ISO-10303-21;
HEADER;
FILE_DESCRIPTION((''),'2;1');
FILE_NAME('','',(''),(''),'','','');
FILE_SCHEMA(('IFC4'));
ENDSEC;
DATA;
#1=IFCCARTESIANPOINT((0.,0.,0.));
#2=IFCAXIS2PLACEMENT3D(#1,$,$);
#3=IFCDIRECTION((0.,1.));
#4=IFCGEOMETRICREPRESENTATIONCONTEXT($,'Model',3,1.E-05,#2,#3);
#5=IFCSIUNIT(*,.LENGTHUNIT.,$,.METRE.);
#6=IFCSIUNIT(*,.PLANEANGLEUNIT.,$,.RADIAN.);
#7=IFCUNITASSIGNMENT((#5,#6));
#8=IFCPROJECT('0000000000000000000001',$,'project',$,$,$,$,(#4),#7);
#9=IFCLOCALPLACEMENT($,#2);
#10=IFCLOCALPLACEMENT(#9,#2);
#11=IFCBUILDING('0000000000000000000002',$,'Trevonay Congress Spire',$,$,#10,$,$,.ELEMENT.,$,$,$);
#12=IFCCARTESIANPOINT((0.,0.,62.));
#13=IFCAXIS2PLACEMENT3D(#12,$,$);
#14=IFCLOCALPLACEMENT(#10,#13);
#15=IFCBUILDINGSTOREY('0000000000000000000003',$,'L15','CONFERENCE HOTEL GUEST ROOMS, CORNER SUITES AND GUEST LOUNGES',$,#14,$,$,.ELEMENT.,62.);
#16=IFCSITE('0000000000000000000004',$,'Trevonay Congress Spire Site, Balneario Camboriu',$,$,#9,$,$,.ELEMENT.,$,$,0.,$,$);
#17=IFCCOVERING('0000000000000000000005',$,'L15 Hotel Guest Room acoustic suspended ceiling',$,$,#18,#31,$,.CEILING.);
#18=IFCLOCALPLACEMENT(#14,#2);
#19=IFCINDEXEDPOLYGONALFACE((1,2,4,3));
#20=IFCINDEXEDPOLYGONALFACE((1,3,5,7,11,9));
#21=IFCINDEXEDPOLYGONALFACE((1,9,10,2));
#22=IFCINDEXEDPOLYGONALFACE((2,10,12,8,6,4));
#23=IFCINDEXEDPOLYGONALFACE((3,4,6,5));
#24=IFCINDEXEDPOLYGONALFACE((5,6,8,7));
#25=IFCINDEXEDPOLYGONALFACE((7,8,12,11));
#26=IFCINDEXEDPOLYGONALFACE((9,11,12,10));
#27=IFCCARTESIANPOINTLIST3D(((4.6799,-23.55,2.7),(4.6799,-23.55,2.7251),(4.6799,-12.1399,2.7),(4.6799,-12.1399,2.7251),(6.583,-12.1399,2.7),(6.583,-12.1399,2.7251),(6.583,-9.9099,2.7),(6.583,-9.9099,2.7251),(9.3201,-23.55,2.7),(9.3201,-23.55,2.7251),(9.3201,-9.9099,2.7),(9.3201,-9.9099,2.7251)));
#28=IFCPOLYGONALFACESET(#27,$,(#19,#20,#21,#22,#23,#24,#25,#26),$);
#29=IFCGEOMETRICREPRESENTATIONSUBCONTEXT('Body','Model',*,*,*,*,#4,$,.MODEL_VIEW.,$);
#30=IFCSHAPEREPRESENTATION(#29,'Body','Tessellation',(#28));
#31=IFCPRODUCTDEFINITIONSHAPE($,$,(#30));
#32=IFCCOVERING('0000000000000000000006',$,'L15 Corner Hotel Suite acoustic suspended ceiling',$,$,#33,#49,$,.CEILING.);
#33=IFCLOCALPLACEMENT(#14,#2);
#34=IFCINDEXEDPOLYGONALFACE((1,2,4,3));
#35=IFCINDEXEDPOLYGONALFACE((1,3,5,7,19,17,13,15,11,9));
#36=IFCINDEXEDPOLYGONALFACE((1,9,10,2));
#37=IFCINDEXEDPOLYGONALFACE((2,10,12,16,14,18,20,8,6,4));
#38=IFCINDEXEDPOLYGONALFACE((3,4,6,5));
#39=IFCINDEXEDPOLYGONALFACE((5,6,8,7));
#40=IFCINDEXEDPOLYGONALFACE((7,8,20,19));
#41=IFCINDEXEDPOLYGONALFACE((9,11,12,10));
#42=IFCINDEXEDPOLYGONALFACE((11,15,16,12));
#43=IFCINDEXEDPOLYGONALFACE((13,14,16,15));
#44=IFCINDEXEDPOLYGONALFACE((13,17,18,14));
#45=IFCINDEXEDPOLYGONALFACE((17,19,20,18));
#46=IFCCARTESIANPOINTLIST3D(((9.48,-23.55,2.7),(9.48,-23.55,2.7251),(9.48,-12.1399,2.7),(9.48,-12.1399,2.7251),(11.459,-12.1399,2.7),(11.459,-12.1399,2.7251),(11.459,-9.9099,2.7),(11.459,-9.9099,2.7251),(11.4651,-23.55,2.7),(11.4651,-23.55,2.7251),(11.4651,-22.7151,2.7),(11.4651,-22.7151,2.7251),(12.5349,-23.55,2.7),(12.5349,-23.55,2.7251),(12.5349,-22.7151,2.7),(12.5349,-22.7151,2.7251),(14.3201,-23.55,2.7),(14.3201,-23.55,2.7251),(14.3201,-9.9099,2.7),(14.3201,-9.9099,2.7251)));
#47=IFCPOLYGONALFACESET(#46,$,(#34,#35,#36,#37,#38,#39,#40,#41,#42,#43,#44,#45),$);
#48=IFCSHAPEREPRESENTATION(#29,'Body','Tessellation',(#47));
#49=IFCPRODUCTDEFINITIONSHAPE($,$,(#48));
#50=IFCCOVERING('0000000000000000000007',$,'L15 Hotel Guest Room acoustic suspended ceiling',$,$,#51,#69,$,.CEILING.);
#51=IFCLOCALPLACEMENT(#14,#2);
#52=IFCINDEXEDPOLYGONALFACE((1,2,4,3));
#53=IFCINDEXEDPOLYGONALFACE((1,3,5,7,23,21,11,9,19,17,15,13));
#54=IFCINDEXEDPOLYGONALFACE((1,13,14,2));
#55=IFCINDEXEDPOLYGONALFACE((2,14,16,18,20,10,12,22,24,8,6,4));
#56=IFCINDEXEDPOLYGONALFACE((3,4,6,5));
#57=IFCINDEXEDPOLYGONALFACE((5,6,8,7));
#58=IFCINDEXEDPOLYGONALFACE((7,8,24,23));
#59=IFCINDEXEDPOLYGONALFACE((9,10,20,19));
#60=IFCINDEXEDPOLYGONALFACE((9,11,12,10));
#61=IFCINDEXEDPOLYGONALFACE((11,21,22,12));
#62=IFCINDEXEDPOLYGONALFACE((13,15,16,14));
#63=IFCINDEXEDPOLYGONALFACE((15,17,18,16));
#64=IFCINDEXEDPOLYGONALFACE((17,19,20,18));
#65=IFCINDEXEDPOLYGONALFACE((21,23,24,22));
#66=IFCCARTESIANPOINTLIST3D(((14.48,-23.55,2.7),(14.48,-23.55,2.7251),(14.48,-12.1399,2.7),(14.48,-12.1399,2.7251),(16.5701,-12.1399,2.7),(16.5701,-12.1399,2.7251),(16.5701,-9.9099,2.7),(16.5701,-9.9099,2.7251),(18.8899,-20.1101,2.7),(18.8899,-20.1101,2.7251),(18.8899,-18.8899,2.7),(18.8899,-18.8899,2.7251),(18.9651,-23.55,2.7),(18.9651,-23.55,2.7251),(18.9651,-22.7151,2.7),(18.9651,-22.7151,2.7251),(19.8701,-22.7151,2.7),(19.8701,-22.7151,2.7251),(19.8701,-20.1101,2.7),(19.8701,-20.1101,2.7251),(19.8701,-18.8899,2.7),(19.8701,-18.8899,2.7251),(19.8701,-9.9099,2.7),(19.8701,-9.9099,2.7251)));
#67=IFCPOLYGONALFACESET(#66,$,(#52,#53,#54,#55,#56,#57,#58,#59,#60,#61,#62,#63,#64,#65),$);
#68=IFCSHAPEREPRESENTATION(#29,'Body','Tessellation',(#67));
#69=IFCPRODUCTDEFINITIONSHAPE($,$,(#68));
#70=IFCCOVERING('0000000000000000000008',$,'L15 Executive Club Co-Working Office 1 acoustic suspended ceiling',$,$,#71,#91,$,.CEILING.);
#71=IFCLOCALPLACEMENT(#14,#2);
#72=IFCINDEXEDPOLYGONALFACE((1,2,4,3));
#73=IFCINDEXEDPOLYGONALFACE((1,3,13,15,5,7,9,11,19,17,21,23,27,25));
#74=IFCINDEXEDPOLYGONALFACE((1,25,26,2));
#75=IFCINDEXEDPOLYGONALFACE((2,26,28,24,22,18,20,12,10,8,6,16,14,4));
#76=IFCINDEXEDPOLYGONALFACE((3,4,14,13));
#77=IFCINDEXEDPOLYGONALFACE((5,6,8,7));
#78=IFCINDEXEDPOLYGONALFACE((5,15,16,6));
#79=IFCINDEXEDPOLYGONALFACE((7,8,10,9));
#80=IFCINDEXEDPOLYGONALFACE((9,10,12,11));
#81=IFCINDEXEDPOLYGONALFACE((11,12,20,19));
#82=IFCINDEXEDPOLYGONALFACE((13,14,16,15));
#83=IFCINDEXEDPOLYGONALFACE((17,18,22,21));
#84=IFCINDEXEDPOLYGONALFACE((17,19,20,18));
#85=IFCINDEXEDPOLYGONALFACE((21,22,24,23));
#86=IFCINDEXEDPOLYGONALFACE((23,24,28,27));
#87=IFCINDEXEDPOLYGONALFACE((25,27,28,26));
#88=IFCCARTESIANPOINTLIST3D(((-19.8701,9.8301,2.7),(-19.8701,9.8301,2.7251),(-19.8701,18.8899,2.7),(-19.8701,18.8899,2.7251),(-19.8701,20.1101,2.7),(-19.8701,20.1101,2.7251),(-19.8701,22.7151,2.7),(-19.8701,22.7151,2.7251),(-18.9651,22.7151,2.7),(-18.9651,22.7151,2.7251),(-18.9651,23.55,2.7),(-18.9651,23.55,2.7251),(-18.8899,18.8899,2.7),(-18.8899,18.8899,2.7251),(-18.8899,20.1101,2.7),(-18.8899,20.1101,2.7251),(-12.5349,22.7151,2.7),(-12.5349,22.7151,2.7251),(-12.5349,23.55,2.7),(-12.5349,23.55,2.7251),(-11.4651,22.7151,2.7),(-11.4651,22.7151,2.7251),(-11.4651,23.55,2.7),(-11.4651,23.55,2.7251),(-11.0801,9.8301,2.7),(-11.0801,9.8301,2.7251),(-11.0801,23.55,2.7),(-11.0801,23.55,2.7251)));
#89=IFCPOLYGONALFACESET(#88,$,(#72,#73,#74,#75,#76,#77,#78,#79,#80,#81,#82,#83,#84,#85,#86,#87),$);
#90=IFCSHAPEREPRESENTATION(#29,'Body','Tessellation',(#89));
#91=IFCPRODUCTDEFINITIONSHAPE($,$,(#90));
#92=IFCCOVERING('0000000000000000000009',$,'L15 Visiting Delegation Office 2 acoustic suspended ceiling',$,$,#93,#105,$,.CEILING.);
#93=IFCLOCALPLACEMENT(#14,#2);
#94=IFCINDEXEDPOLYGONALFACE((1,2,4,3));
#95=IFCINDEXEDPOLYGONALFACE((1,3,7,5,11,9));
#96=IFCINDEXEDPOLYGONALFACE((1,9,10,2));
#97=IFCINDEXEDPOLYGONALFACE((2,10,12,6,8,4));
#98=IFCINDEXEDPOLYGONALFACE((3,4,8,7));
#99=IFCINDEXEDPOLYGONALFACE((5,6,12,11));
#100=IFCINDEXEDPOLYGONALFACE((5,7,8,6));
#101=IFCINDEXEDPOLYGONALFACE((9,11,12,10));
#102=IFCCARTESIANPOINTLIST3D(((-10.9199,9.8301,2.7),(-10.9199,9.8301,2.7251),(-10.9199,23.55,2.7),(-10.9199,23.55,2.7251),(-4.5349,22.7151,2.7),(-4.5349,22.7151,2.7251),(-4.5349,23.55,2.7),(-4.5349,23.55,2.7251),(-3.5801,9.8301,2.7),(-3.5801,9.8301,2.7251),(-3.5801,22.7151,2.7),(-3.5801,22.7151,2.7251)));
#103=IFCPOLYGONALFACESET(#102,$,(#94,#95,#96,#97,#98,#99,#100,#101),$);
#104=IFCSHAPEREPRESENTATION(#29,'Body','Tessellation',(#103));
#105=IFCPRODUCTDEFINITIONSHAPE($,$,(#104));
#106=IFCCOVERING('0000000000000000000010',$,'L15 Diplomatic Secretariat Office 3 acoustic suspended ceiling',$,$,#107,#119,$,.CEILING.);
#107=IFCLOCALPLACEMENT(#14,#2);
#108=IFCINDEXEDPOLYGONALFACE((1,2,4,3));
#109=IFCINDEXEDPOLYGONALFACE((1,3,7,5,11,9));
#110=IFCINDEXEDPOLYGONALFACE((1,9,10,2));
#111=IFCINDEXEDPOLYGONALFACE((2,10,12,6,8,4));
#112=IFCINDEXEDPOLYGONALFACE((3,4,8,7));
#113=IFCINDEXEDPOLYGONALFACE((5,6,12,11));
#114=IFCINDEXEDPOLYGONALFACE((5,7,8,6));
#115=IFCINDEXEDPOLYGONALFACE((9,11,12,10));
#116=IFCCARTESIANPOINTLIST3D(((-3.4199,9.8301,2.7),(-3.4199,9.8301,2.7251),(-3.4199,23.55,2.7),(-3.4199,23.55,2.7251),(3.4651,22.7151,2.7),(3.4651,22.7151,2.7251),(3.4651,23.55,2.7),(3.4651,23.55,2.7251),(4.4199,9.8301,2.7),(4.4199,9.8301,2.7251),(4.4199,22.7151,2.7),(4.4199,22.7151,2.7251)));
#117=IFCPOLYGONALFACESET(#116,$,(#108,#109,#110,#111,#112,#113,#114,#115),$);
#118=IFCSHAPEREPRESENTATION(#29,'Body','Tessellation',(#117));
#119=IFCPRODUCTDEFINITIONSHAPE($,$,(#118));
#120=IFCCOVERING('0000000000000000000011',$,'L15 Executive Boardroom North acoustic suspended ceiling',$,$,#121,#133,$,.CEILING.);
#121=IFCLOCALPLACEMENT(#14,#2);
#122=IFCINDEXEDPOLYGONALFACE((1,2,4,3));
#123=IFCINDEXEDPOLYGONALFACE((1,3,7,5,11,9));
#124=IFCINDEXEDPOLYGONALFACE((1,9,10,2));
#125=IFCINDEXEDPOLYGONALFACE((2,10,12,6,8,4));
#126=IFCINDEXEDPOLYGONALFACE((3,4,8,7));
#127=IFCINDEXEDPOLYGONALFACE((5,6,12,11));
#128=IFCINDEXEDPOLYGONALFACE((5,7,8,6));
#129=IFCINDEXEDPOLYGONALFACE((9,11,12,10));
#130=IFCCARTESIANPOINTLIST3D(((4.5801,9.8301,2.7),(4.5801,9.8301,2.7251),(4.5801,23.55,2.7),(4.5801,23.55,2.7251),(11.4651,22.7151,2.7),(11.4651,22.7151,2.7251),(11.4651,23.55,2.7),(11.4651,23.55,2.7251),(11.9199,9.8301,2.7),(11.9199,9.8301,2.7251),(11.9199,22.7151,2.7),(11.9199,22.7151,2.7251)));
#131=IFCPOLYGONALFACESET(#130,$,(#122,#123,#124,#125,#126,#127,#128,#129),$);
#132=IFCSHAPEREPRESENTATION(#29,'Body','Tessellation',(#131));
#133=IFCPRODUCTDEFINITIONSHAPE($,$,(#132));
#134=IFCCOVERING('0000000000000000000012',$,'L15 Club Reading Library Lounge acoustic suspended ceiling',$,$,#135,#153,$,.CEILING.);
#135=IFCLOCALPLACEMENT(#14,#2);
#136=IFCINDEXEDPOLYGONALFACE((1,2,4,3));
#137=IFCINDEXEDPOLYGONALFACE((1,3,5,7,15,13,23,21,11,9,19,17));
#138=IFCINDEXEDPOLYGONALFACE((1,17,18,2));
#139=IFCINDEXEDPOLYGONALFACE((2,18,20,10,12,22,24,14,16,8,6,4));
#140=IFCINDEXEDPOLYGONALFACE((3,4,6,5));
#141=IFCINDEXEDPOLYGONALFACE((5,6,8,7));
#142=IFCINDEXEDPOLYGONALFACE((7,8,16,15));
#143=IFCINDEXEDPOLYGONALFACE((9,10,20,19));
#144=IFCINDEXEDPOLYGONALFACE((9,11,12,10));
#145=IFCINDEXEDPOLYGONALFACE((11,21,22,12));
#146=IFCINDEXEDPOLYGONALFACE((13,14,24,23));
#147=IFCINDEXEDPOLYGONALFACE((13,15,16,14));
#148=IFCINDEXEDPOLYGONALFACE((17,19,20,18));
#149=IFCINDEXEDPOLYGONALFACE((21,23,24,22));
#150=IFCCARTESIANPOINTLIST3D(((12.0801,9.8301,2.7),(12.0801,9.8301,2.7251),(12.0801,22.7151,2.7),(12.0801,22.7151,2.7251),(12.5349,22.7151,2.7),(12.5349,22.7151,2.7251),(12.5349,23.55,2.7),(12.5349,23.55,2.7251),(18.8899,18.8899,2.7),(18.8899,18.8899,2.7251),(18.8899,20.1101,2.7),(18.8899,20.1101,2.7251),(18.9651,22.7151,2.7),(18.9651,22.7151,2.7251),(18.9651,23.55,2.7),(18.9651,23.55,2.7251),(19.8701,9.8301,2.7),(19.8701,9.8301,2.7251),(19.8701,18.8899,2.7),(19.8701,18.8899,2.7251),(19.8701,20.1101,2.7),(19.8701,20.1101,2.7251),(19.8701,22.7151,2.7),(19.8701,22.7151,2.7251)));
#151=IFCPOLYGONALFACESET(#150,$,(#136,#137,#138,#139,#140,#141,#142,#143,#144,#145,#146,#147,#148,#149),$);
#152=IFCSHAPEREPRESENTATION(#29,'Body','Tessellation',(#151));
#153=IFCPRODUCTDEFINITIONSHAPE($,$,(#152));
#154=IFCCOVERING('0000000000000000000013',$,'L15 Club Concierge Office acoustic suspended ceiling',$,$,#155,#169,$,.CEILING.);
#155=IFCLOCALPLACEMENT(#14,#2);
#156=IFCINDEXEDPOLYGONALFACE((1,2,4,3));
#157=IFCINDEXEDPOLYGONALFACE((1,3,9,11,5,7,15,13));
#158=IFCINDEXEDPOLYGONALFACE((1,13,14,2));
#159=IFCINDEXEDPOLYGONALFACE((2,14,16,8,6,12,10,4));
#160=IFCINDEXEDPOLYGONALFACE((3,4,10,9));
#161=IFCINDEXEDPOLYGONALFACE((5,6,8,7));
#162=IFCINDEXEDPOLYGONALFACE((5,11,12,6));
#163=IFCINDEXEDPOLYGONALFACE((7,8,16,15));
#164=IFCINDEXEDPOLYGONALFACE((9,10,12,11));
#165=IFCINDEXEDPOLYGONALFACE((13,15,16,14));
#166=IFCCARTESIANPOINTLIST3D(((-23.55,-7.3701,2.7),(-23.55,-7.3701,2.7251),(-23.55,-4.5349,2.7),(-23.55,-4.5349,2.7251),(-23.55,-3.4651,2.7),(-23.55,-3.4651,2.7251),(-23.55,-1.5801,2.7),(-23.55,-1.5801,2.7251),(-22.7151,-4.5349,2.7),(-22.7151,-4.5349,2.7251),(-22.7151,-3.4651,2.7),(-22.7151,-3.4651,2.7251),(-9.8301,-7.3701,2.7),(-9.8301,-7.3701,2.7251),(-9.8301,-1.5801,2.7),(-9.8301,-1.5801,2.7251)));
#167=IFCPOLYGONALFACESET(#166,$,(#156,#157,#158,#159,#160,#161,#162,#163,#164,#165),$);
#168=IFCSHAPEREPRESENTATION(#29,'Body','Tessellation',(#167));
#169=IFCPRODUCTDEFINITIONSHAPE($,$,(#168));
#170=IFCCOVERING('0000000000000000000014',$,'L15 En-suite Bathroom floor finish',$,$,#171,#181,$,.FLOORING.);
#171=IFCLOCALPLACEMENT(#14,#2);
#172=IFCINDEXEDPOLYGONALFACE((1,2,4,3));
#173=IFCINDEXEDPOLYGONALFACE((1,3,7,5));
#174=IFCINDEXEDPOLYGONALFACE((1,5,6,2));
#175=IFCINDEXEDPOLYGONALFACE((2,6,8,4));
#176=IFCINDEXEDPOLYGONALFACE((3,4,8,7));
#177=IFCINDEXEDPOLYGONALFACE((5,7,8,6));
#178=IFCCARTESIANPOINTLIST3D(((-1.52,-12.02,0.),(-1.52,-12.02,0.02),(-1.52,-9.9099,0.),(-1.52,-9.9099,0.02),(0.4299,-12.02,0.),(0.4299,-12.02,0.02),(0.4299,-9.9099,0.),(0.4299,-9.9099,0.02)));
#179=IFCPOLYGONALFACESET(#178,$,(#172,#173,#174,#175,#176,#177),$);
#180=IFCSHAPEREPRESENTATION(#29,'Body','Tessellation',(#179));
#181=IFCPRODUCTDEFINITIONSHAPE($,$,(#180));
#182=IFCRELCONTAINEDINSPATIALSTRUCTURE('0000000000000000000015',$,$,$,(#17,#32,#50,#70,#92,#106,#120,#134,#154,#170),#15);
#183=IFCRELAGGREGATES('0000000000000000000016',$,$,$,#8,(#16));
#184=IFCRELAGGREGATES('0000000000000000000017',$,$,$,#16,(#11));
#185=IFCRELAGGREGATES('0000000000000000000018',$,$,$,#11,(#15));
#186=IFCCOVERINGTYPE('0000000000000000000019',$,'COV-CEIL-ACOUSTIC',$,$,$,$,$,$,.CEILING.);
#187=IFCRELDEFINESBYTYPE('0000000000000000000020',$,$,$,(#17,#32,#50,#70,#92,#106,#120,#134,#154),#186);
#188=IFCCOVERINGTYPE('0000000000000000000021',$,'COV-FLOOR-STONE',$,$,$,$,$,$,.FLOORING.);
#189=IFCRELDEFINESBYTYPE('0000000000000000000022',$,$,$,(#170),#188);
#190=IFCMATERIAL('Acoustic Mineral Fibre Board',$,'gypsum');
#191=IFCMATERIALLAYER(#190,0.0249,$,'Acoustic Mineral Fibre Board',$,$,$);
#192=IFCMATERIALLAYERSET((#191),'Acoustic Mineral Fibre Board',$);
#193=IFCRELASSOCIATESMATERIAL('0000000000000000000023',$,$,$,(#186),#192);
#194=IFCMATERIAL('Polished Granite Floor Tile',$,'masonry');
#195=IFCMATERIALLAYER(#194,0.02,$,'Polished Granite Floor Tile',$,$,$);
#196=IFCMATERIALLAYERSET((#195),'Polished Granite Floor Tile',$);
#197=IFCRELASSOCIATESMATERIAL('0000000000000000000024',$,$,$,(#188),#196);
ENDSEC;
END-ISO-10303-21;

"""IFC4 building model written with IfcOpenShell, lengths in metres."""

from ifc_helpers import new_model, si_unit, direction, frame, origin, place, context, subcontext, project, spatial, polyline, outline, extrude, material, layer, layer_set, type_object, element, save


model = new_model("IFC4")

# Units and contexts
model_context = context("Model", 3, precision=1e-05, world=origin(), true_north=direction((0.0, 1.0)))
body_context = subcontext(model_context, "Body", "Model", "MODEL_VIEW")
ifc_project = project(units=[si_unit("LENGTHUNIT", "METRE"), si_unit("PLANEANGLEUNIT", "RADIAN")], contexts=[model_context])

# Site, building, storey
site_placement = place(None, origin())
site = spatial("IfcSite", under=ifc_project, at=site_placement, Name="Trevonay Congress Spire Site, Balneario Camboriu", CompositionType="ELEMENT", RefElevation=0.0)
building_placement = place(site_placement, origin())
building = spatial("IfcBuilding", under=site, at=building_placement, Name="Trevonay Congress Spire", CompositionType="ELEMENT")
storey_placement = place(building_placement, frame((0.0, 0.0, 62.0)))
storey = spatial("IfcBuildingStorey", under=building, at=storey_placement, Name="L15", Description="CONFERENCE HOTEL GUEST ROOMS, CORNER SUITES AND GUEST LOUNGES", CompositionType="ELEMENT", Elevation=62.0)

# Coverings
ifc_material_1 = material(Name="Acoustic Mineral Fibre Board", Category="gypsum")
ifc_layer_1 = layer(ifc_material_1, 0.0249, Name="Acoustic Mineral Fibre Board")
ifc_layer_set_1 = layer_set([ifc_layer_1], Name="Acoustic Mineral Fibre Board")
covering_type_1 = type_object("IfcCoveringType", Name="COV-CEIL-ACOUSTIC", PredefinedType="CEILING", material=ifc_layer_set_1)
covering_1_placement = place(storey_placement, frame((0.0, 0.0, 2.7)))
element("IfcCovering", 1, at=covering_1_placement, inside=storey, type_object=covering_type_1, Name="L15 Hotel Guest Room acoustic suspended ceiling", PredefinedType="CEILING", context=body_context, shape_type="SweptSolid", body=[
    extrude(outline(polyline([(4.6799, -23.55), (9.3201, -23.55), (9.3201, -9.9099), (6.583, -9.9099), (6.583, -12.1399), (4.6799, -12.1399), (4.6799, -23.55)])), origin(), (0.0, 0.0, 1.0), 0.0251),
])
covering_2_placement = place(storey_placement, frame((0.0, 0.0, 2.7)))
element("IfcCovering", 2, at=covering_2_placement, inside=storey, type_object=covering_type_1, Name="L15 Corner Hotel Suite acoustic suspended ceiling", PredefinedType="CEILING", context=body_context, shape_type="SweptSolid", body=[
    extrude(outline(polyline([(9.48, -23.55), (9.48, -12.1399), (11.459, -12.1399), (11.459, -9.9099), (14.3201, -9.9099), (14.3201, -23.55), (12.5349, -23.55), (12.5349, -22.7151), (11.4651, -22.7151), (11.4651, -23.55), (9.48, -23.55)])), origin(), (0.0, 0.0, 1.0), 0.0251),
])
covering_3_placement = place(storey_placement, frame((0.0, 0.0, 2.7)))
element("IfcCovering", 3, at=covering_3_placement, inside=storey, type_object=covering_type_1, Name="L15 Hotel Guest Room acoustic suspended ceiling", PredefinedType="CEILING", context=body_context, shape_type="SweptSolid", body=[
    extrude(outline(polyline([(14.48, -23.55), (14.48, -12.1399), (16.5701, -12.1399), (16.5701, -9.9099), (19.8701, -9.9099), (19.8701, -18.8899), (18.8899, -18.8899), (18.8899, -20.1101), (19.8701, -20.1101), (19.8701, -22.7151), (18.9651, -22.7151), (18.9651, -23.55), (14.48, -23.55)])), origin(), (0.0, 0.0, 1.0), 0.0251),
])
covering_4_placement = place(storey_placement, frame((0.0, 0.0, 2.7)))
element("IfcCovering", 4, at=covering_4_placement, inside=storey, type_object=covering_type_1, Name="L15 Executive Club Co-Working Office 1 acoustic suspended ceiling", PredefinedType="CEILING", context=body_context, shape_type="SweptSolid", body=[
    extrude(outline(polyline([(-11.0801, 23.55), (-11.0801, 9.8301), (-19.8701, 9.8301), (-19.8701, 18.8899), (-18.8899, 18.8899), (-18.8899, 20.1101), (-19.8701, 20.1101), (-19.8701, 22.7151), (-18.9651, 22.7151), (-18.9651, 23.55), (-12.5349, 23.55), (-12.5349, 22.7151), (-11.4651, 22.7151), (-11.4651, 23.55), (-11.0801, 23.55)])), origin(), (0.0, 0.0, 1.0), 0.0251),
])
covering_5_placement = place(storey_placement, frame((0.0, 0.0, 2.7)))
element("IfcCovering", 5, at=covering_5_placement, inside=storey, type_object=covering_type_1, Name="L15 Visiting Delegation Office 2 acoustic suspended ceiling", PredefinedType="CEILING", context=body_context, shape_type="SweptSolid", body=[
    extrude(outline(polyline([(-3.5801, 9.8301), (-10.9199, 9.8301), (-10.9199, 23.55), (-4.5349, 23.55), (-4.5349, 22.7151), (-3.5801, 22.7151), (-3.5801, 9.8301)])), origin(), (0.0, 0.0, 1.0), 0.0251),
])
covering_6_placement = place(storey_placement, frame((0.0, 0.0, 2.7)))
element("IfcCovering", 6, at=covering_6_placement, inside=storey, type_object=covering_type_1, Name="L15 Diplomatic Secretariat Office 3 acoustic suspended ceiling", PredefinedType="CEILING", context=body_context, shape_type="SweptSolid", body=[
    extrude(outline(polyline([(4.4199, 9.8301), (-3.4199, 9.8301), (-3.4199, 23.55), (3.4651, 23.55), (3.4651, 22.7151), (4.4199, 22.7151), (4.4199, 9.8301)])), origin(), (0.0, 0.0, 1.0), 0.0251),
])
covering_7_placement = place(storey_placement, frame((0.0, 0.0, 2.7)))
element("IfcCovering", 7, at=covering_7_placement, inside=storey, type_object=covering_type_1, Name="L15 Executive Boardroom North acoustic suspended ceiling", PredefinedType="CEILING", context=body_context, shape_type="SweptSolid", body=[
    extrude(outline(polyline([(11.9199, 9.8301), (4.5801, 9.8301), (4.5801, 23.55), (11.4651, 23.55), (11.4651, 22.7151), (11.9199, 22.7151), (11.9199, 9.8301)])), origin(), (0.0, 0.0, 1.0), 0.0251),
])
covering_8_placement = place(storey_placement, frame((0.0, 0.0, 2.7)))
element("IfcCovering", 8, at=covering_8_placement, inside=storey, type_object=covering_type_1, Name="L15 Club Reading Library Lounge acoustic suspended ceiling", PredefinedType="CEILING", context=body_context, shape_type="SweptSolid", body=[
    extrude(outline(polyline([(19.8701, 9.8301), (12.0801, 9.8301), (12.0801, 22.7151), (12.5349, 22.7151), (12.5349, 23.55), (18.9651, 23.55), (18.9651, 22.7151), (19.8701, 22.7151), (19.8701, 20.1101), (18.8899, 20.1101), (18.8899, 18.8899), (19.8701, 18.8899), (19.8701, 9.8301)])), origin(), (0.0, 0.0, 1.0), 0.0251),
])
covering_9_placement = place(storey_placement, frame((0.0, 0.0, 2.7)))
element("IfcCovering", 9, at=covering_9_placement, inside=storey, type_object=covering_type_1, Name="L15 Club Concierge Office acoustic suspended ceiling", PredefinedType="CEILING", context=body_context, shape_type="SweptSolid", body=[
    extrude(outline(polyline([(-23.55, -1.5801), (-9.8301, -1.5801), (-9.8301, -7.3701), (-23.55, -7.3701), (-23.55, -4.5349), (-22.7151, -4.5349), (-22.7151, -3.4651), (-23.55, -3.4651), (-23.55, -1.5801)])), origin(), (0.0, 0.0, 1.0), 0.0251),
])
ifc_material_2 = material(Name="Polished Granite Floor Tile", Category="masonry")
ifc_layer_2 = layer(ifc_material_2, 0.02, Name="Polished Granite Floor Tile")
ifc_layer_set_2 = layer_set([ifc_layer_2], Name="Polished Granite Floor Tile")
covering_type_2 = type_object("IfcCoveringType", Name="COV-FLOOR-STONE", PredefinedType="FLOORING", material=ifc_layer_set_2)
covering_10_placement = place(storey_placement, origin())
element("IfcCovering", 10, at=covering_10_placement, inside=storey, type_object=covering_type_2, Name="L15 En-suite Bathroom floor finish", PredefinedType="FLOORING", context=body_context, shape_type="SweptSolid", body=[
    extrude(outline(polyline([(-1.52, -12.02), (0.4299, -12.02), (0.4299, -9.9099), (-1.52, -9.9099), (-1.52, -12.02)])), origin(), (0.0, 0.0, 1.0), 0.02),
])

save(model, "model.ifc")
